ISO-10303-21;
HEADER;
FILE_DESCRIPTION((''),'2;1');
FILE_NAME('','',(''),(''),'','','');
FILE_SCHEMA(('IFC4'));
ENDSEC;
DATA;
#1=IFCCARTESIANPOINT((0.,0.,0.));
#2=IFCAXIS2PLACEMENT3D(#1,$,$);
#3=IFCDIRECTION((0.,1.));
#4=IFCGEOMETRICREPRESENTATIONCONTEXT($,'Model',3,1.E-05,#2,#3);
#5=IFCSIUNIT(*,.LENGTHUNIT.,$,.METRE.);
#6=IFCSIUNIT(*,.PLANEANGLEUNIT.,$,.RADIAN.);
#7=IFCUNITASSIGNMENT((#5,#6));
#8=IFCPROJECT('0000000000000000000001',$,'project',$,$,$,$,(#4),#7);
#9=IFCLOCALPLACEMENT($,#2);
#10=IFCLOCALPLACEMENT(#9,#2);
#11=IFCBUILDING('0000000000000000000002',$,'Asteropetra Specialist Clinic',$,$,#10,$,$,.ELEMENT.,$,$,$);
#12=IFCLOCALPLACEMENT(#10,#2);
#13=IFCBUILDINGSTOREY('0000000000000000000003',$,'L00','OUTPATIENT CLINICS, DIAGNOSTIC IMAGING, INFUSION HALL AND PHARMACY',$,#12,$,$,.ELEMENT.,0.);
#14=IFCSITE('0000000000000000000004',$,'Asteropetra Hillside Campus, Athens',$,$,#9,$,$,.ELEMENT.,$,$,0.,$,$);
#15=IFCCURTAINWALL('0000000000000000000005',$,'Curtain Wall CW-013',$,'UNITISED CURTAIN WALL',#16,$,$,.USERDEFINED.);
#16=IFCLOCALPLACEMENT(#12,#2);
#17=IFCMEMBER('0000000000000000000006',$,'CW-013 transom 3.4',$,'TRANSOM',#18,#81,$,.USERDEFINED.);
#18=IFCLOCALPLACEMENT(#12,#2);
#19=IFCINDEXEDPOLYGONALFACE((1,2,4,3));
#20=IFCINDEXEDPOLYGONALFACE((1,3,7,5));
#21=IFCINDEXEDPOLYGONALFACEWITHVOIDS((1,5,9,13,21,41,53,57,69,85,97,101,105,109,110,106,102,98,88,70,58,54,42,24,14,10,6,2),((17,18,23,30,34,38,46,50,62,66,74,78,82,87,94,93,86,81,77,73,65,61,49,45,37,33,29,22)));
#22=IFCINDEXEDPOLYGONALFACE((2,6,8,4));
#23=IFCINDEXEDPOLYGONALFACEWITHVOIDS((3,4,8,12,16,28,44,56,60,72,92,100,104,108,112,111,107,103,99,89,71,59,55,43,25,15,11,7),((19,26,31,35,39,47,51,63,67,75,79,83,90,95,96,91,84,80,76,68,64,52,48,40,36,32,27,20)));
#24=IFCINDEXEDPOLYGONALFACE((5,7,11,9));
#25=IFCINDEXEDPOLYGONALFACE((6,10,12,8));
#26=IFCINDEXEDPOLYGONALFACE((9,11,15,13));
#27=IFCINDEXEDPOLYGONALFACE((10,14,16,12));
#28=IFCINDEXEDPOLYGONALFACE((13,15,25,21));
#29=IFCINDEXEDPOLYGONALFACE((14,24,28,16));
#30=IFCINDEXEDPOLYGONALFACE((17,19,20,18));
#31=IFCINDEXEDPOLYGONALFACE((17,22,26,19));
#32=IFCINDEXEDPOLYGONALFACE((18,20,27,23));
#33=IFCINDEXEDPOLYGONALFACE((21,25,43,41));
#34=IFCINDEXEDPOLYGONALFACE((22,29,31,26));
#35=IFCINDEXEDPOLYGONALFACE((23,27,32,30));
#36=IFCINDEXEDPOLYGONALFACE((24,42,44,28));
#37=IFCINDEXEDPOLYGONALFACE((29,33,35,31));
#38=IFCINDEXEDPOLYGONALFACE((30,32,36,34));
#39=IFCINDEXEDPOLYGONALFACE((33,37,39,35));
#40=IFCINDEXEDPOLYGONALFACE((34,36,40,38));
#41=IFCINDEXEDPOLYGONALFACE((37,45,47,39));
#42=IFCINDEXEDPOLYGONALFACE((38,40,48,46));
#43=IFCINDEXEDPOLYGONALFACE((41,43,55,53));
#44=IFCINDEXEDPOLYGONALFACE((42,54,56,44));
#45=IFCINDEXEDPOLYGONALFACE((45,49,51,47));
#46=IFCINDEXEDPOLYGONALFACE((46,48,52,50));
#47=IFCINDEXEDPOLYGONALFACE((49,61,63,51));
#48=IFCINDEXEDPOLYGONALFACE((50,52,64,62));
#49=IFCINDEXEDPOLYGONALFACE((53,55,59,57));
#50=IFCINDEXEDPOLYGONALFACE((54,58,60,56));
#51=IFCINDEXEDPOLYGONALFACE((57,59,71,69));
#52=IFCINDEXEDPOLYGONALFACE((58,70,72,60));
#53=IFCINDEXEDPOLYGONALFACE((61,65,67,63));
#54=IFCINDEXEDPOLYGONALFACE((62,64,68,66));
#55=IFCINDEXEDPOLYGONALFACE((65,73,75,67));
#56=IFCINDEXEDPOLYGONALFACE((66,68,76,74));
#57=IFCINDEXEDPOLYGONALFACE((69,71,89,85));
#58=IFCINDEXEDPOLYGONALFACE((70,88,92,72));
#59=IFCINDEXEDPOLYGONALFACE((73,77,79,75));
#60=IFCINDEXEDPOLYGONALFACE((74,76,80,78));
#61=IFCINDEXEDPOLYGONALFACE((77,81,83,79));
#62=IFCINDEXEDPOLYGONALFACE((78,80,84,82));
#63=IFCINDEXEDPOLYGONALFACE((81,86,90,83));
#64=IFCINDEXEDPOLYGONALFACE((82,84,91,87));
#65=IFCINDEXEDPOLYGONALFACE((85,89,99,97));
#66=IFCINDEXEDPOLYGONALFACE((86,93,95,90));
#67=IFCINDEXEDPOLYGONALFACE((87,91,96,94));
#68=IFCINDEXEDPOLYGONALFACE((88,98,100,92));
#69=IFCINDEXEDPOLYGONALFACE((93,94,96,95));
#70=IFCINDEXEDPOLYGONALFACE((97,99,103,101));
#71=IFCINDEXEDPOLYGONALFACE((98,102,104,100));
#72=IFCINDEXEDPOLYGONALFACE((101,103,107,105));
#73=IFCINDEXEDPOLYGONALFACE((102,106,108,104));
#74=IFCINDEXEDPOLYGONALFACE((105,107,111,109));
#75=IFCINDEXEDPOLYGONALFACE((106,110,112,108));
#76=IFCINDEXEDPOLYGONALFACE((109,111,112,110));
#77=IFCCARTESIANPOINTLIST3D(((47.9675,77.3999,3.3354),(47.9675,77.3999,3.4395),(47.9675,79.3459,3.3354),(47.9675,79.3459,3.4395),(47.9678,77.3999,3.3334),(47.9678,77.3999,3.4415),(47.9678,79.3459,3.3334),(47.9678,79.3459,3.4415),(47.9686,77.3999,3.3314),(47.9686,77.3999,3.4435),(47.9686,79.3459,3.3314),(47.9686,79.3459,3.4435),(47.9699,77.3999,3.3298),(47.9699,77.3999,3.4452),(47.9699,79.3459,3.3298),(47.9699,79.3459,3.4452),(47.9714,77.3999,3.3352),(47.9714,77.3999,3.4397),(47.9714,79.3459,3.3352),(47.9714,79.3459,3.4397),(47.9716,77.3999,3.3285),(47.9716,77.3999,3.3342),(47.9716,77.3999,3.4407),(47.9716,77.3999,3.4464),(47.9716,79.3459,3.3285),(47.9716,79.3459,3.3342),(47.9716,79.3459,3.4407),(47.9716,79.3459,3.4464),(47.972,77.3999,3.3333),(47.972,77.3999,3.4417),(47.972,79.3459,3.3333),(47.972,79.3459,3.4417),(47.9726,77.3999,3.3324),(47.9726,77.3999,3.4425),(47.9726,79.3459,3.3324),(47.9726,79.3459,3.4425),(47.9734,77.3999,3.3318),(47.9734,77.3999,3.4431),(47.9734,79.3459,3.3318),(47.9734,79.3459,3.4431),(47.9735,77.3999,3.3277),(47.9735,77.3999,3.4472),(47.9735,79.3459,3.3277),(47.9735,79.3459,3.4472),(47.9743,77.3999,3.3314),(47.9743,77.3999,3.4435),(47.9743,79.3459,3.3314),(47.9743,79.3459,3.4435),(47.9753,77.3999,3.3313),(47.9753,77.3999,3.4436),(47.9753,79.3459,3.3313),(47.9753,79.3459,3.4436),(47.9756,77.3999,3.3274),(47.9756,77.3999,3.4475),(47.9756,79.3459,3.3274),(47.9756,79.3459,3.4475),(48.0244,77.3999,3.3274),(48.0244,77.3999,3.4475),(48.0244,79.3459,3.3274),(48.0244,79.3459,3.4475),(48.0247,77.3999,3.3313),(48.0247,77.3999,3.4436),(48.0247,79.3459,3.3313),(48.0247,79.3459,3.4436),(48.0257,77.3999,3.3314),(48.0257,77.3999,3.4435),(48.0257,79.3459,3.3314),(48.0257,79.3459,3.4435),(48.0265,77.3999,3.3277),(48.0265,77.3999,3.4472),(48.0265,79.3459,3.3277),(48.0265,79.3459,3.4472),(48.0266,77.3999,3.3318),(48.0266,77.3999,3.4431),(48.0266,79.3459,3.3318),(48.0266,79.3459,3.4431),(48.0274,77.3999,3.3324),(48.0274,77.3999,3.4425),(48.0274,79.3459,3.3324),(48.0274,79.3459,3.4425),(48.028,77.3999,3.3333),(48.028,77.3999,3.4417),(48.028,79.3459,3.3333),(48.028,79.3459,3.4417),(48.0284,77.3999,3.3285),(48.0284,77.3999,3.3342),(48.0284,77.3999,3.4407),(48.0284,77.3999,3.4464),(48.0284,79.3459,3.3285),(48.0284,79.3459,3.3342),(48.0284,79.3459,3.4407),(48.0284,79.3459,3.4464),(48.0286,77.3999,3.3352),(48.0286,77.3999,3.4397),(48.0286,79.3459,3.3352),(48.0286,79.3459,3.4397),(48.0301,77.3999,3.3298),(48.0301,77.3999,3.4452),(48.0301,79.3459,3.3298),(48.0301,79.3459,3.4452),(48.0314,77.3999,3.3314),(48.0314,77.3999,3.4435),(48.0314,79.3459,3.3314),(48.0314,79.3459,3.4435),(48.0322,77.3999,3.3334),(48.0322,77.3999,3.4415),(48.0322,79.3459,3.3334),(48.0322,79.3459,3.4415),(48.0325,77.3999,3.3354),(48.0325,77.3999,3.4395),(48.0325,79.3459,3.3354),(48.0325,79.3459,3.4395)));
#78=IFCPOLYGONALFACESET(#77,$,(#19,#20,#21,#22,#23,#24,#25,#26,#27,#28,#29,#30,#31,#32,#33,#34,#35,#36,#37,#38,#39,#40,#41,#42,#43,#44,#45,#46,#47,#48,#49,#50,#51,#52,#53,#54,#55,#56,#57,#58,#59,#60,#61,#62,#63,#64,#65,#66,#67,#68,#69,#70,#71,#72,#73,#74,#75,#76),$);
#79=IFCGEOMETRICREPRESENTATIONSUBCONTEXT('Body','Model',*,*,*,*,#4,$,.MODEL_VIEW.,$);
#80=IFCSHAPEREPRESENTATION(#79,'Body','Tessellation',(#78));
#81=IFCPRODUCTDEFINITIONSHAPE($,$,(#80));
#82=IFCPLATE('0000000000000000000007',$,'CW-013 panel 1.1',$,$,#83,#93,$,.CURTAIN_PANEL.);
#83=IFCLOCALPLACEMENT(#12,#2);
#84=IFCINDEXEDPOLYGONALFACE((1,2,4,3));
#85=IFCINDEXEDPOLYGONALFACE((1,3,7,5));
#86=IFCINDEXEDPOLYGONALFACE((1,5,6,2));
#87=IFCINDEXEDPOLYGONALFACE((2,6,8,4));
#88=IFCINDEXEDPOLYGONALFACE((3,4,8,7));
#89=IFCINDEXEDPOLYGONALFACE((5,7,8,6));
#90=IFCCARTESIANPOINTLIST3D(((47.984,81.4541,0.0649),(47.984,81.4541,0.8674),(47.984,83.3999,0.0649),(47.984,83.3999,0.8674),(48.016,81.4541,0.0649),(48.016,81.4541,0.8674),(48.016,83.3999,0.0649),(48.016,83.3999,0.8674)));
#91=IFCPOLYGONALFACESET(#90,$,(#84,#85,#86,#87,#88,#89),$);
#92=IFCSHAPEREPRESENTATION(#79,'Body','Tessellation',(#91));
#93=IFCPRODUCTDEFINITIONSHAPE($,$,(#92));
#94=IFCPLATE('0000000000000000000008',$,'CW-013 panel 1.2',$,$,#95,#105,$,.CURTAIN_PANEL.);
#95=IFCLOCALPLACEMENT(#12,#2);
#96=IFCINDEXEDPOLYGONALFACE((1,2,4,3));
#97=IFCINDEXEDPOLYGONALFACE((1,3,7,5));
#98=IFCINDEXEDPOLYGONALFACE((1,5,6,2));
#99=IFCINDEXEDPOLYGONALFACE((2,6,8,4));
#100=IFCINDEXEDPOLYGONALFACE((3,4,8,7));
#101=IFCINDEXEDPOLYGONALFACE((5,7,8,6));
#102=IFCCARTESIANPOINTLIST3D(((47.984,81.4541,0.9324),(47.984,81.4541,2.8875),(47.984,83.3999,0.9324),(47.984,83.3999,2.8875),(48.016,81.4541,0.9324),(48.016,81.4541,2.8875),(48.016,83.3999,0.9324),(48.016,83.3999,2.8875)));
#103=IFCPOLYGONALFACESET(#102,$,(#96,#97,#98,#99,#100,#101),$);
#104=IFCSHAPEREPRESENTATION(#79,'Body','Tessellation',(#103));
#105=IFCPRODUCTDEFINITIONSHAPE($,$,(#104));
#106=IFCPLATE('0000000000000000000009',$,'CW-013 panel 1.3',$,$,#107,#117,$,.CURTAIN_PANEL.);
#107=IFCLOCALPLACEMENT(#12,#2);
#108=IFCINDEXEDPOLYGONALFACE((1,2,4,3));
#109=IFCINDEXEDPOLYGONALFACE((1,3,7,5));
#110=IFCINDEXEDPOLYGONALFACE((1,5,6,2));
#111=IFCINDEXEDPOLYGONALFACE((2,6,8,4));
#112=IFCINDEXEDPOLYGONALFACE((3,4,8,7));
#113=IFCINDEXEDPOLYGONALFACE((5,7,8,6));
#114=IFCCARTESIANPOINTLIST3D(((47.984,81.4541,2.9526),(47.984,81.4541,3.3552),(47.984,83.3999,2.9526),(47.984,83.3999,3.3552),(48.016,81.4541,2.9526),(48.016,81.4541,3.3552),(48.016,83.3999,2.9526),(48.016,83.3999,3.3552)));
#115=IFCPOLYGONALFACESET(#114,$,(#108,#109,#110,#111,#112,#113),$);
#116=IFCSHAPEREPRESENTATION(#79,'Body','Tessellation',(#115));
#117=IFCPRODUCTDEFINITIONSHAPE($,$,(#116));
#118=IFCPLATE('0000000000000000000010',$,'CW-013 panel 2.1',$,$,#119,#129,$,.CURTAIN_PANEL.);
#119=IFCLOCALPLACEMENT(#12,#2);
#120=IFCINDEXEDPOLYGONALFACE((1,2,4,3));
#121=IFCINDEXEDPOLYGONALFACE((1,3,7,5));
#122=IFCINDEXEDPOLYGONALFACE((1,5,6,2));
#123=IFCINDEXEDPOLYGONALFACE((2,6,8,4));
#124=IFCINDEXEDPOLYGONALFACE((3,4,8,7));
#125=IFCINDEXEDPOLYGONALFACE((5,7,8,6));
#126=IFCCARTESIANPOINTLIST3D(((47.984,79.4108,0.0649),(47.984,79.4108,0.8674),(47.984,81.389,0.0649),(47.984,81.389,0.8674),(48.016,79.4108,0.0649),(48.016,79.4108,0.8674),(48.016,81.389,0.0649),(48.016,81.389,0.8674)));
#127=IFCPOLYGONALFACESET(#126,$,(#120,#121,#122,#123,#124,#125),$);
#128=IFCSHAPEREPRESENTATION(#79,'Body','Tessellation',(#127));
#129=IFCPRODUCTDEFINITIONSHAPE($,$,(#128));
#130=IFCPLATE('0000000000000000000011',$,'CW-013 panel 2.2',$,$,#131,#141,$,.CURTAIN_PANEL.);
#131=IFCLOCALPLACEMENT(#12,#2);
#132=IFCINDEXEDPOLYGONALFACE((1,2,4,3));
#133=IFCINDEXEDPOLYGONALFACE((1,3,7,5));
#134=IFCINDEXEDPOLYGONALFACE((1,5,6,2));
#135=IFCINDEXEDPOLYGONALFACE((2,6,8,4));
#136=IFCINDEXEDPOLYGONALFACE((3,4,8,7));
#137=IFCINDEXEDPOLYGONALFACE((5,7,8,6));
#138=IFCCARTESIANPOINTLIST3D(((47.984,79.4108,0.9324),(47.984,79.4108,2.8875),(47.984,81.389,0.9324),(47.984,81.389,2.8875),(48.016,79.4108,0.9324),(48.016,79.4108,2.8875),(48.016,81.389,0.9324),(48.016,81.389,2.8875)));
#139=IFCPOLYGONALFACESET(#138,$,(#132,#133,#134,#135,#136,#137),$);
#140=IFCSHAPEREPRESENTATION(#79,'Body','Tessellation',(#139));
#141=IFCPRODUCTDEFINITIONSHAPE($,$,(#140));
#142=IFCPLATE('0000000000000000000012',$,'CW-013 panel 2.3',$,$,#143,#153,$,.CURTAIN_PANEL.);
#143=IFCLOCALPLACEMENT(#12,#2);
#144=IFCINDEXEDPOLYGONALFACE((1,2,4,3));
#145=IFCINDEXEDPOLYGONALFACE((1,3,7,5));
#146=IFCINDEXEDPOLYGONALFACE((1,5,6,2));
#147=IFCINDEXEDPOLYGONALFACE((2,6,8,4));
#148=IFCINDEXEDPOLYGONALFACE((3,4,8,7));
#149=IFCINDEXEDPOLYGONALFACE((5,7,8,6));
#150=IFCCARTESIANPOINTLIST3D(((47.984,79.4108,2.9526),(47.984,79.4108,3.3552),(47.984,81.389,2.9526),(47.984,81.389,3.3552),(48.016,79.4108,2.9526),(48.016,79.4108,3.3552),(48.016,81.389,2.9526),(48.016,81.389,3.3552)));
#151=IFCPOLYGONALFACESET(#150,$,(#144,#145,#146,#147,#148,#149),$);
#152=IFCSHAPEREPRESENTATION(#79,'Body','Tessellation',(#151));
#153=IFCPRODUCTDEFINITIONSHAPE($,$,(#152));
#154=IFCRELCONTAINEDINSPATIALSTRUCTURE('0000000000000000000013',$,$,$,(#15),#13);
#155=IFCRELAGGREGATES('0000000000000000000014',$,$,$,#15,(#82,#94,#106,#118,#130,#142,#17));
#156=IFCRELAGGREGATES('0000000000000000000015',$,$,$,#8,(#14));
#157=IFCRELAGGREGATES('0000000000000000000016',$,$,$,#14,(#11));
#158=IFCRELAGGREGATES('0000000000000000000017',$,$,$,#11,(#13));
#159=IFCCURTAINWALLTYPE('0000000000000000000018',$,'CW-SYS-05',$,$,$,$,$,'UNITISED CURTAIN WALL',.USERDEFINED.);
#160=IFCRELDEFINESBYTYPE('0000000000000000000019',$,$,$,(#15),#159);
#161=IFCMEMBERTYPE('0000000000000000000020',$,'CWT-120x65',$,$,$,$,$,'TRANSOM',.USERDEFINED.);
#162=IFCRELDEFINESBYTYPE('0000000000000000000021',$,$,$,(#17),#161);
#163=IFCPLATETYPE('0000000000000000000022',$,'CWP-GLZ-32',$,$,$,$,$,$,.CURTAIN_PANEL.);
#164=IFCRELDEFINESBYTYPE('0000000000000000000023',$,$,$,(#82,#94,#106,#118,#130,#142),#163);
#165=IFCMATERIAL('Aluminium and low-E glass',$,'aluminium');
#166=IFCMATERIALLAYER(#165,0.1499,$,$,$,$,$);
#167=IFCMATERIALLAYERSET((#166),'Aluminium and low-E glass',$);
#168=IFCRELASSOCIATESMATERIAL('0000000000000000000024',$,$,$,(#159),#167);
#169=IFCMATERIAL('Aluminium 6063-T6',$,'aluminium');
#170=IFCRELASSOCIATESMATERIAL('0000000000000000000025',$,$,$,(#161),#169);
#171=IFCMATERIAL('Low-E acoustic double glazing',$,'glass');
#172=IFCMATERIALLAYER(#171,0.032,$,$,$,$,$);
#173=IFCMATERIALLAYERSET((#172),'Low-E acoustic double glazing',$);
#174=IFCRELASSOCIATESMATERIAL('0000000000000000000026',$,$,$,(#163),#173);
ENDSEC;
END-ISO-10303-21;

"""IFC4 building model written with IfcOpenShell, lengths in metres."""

from ifc_helpers import new_model, si_unit, direction, frame, origin, origin_2d, place, context, subcontext, project, spatial, rectangle, hollow_rectangle, extrude, material, layer, layer_set, material_profile, profile_set, type_object, element, aggregate, save


model = new_model("IFC4")

# Units and contexts
model_context = context("Model", 3, precision=1e-05, world=origin(), true_north=direction((0.0, 1.0)))
body_context = subcontext(model_context, "Body", "Model", "MODEL_VIEW")
ifc_project = project(units=[si_unit("LENGTHUNIT", "METRE"), si_unit("PLANEANGLEUNIT", "RADIAN")], contexts=[model_context])

# Site, building, storey
site_placement = place(None, origin())
site = spatial("IfcSite", under=ifc_project, at=site_placement, Name="Asteropetra Hillside Campus, Athens", CompositionType="ELEMENT", RefElevation=0.0)
building_placement = place(site_placement, origin())
building = spatial("IfcBuilding", under=site, at=building_placement, Name="Asteropetra Specialist Clinic", CompositionType="ELEMENT")
storey_placement = place(building_placement, origin())
storey = spatial("IfcBuildingStorey", under=building, at=storey_placement, Name="L00", Description="OUTPATIENT CLINICS, DIAGNOSTIC IMAGING, INFUSION HALL AND PHARMACY", CompositionType="ELEMENT", Elevation=0.0)

# Curtain wall, member, plates
ifc_material_1 = material(Name="Aluminium and low-E glass", Category="aluminium")
ifc_layer_1 = layer(ifc_material_1, 0.1499)
ifc_layer_set_1 = layer_set([ifc_layer_1], Name="Aluminium and low-E glass")
curtain_wall_type = type_object("IfcCurtainWallType", Name="CW-SYS-05", ElementType="UNITISED CURTAIN WALL", PredefinedType="USERDEFINED", material=ifc_layer_set_1)
curtain_wall_placement = place(storey_placement, origin())
curtain_wall = element("IfcCurtainWall", 1, at=curtain_wall_placement, inside=storey, type_object=curtain_wall_type, Name="Curtain Wall CW-013", ObjectType="UNITISED CURTAIN WALL", PredefinedType="USERDEFINED")
ifc_material_2 = material(Name="Aluminium 6063-T6", Category="aluminium")
ifc_material_profile_1 = material_profile(ifc_material_2, hollow_rectangle(XDim=0.0649, YDim=0.1201, WallThickness=0.0039, InnerFilletRadius=0.0039, OuterFilletRadius=0.0081, at=origin_2d()), Name="TRN 120x65x4.0")
ifc_profile_set_1 = profile_set([ifc_material_profile_1], Name="Aluminium 6063-T6")
member_type_1 = type_object("IfcMemberType", Name="CWT-120x65", ElementType="TRANSOM", PredefinedType="USERDEFINED", material=ifc_profile_set_1)
member_1_placement = place(storey_placement, frame((48.0, 79.3459, 3.3875), z_axis=(0.0, -1.0, 0.0), x_axis=(1.0, 0.0, 0.0)))
member_1 = element("IfcMember", 2, at=member_1_placement, type_object=member_type_1, Name="CW-013 transom 3.4", ObjectType="TRANSOM", PredefinedType="USERDEFINED", context=body_context, shape_type="SweptSolid", body=[
    extrude(hollow_rectangle(XDim=0.0649, YDim=0.1201, WallThickness=0.0039, InnerFilletRadius=0.0039, OuterFilletRadius=0.0081, at=origin_2d()), origin(), (0.0, 0.0, 1.0), 1.946),
])
ifc_material_3 = material(Name="Low-E acoustic double glazing", Category="glass")
ifc_layer_2 = layer(ifc_material_3, 0.032)
ifc_layer_set_2 = layer_set([ifc_layer_2], Name="Low-E acoustic double glazing")
plate_type = type_object("IfcPlateType", Name="CWP-GLZ-32", PredefinedType="CURTAIN_PANEL", material=ifc_layer_set_2)
plate_1_placement = place(storey_placement, frame((48.0, 82.427, 0.0649), z_axis=(0.0, 0.0, 1.0), x_axis=(0.0, -1.0, 0.0)))
plate_1 = element("IfcPlate", 3, at=plate_1_placement, type_object=plate_type, Name="CW-013 panel 1.1", PredefinedType="CURTAIN_PANEL", context=body_context, shape_type="SweptSolid", body=[
    extrude(rectangle(XDim=1.9458, YDim=0.032, at=origin_2d()), origin(), (0.0, 0.0, 1.0), 0.8025),
])
plate_2_placement = place(storey_placement, frame((48.0, 82.427, 0.9324), z_axis=(0.0, 0.0, 1.0), x_axis=(0.0, -1.0, 0.0)))
plate_2 = element("IfcPlate", 4, at=plate_2_placement, type_object=plate_type, Name="CW-013 panel 1.2", PredefinedType="CURTAIN_PANEL", context=body_context, shape_type="SweptSolid", body=[
    extrude(rectangle(XDim=1.9458, YDim=0.032, at=origin_2d()), origin(), (0.0, 0.0, 1.0), 1.9551),
])
plate_3_placement = place(storey_placement, frame((48.0, 82.427, 2.9526), z_axis=(0.0, 0.0, 1.0), x_axis=(0.0, -1.0, 0.0)))
plate_3 = element("IfcPlate", 5, at=plate_3_placement, type_object=plate_type, Name="CW-013 panel 1.3", PredefinedType="CURTAIN_PANEL", context=body_context, shape_type="SweptSolid", body=[
    extrude(rectangle(XDim=1.9458, YDim=0.032, at=origin_2d()), origin(), (0.0, 0.0, 1.0), 0.4026),
])
plate_4_placement = place(storey_placement, frame((48.0, 80.3999, 0.0649), z_axis=(0.0, 0.0, 1.0), x_axis=(0.0, -1.0, 0.0)))
plate_4 = element("IfcPlate", 6, at=plate_4_placement, type_object=plate_type, Name="CW-013 panel 2.1", PredefinedType="CURTAIN_PANEL", context=body_context, shape_type="SweptSolid", body=[
    extrude(rectangle(XDim=1.9783, YDim=0.032, at=origin_2d()), origin(), (0.0, 0.0, 1.0), 0.8025),
])
plate_5_placement = place(storey_placement, frame((48.0, 80.3999, 0.9324), z_axis=(0.0, 0.0, 1.0), x_axis=(0.0, -1.0, 0.0)))
plate_5 = element("IfcPlate", 7, at=plate_5_placement, type_object=plate_type, Name="CW-013 panel 2.2", PredefinedType="CURTAIN_PANEL", context=body_context, shape_type="SweptSolid", body=[
    extrude(rectangle(XDim=1.9783, YDim=0.032, at=origin_2d()), origin(), (0.0, 0.0, 1.0), 1.9551),
])
plate_6_placement = place(storey_placement, frame((48.0, 80.3999, 2.9526), z_axis=(0.0, 0.0, 1.0), x_axis=(0.0, -1.0, 0.0)))
plate_6 = element("IfcPlate", 8, at=plate_6_placement, type_object=plate_type, Name="CW-013 panel 2.3", PredefinedType="CURTAIN_PANEL", context=body_context, shape_type="SweptSolid", body=[
    extrude(rectangle(XDim=1.9783, YDim=0.032, at=origin_2d()), origin(), (0.0, 0.0, 1.0), 0.4026),
])
aggregate(curtain_wall, [plate_1, plate_2, plate_3, plate_4, plate_5, plate_6, member_1])

save(model, "model.ifc")
